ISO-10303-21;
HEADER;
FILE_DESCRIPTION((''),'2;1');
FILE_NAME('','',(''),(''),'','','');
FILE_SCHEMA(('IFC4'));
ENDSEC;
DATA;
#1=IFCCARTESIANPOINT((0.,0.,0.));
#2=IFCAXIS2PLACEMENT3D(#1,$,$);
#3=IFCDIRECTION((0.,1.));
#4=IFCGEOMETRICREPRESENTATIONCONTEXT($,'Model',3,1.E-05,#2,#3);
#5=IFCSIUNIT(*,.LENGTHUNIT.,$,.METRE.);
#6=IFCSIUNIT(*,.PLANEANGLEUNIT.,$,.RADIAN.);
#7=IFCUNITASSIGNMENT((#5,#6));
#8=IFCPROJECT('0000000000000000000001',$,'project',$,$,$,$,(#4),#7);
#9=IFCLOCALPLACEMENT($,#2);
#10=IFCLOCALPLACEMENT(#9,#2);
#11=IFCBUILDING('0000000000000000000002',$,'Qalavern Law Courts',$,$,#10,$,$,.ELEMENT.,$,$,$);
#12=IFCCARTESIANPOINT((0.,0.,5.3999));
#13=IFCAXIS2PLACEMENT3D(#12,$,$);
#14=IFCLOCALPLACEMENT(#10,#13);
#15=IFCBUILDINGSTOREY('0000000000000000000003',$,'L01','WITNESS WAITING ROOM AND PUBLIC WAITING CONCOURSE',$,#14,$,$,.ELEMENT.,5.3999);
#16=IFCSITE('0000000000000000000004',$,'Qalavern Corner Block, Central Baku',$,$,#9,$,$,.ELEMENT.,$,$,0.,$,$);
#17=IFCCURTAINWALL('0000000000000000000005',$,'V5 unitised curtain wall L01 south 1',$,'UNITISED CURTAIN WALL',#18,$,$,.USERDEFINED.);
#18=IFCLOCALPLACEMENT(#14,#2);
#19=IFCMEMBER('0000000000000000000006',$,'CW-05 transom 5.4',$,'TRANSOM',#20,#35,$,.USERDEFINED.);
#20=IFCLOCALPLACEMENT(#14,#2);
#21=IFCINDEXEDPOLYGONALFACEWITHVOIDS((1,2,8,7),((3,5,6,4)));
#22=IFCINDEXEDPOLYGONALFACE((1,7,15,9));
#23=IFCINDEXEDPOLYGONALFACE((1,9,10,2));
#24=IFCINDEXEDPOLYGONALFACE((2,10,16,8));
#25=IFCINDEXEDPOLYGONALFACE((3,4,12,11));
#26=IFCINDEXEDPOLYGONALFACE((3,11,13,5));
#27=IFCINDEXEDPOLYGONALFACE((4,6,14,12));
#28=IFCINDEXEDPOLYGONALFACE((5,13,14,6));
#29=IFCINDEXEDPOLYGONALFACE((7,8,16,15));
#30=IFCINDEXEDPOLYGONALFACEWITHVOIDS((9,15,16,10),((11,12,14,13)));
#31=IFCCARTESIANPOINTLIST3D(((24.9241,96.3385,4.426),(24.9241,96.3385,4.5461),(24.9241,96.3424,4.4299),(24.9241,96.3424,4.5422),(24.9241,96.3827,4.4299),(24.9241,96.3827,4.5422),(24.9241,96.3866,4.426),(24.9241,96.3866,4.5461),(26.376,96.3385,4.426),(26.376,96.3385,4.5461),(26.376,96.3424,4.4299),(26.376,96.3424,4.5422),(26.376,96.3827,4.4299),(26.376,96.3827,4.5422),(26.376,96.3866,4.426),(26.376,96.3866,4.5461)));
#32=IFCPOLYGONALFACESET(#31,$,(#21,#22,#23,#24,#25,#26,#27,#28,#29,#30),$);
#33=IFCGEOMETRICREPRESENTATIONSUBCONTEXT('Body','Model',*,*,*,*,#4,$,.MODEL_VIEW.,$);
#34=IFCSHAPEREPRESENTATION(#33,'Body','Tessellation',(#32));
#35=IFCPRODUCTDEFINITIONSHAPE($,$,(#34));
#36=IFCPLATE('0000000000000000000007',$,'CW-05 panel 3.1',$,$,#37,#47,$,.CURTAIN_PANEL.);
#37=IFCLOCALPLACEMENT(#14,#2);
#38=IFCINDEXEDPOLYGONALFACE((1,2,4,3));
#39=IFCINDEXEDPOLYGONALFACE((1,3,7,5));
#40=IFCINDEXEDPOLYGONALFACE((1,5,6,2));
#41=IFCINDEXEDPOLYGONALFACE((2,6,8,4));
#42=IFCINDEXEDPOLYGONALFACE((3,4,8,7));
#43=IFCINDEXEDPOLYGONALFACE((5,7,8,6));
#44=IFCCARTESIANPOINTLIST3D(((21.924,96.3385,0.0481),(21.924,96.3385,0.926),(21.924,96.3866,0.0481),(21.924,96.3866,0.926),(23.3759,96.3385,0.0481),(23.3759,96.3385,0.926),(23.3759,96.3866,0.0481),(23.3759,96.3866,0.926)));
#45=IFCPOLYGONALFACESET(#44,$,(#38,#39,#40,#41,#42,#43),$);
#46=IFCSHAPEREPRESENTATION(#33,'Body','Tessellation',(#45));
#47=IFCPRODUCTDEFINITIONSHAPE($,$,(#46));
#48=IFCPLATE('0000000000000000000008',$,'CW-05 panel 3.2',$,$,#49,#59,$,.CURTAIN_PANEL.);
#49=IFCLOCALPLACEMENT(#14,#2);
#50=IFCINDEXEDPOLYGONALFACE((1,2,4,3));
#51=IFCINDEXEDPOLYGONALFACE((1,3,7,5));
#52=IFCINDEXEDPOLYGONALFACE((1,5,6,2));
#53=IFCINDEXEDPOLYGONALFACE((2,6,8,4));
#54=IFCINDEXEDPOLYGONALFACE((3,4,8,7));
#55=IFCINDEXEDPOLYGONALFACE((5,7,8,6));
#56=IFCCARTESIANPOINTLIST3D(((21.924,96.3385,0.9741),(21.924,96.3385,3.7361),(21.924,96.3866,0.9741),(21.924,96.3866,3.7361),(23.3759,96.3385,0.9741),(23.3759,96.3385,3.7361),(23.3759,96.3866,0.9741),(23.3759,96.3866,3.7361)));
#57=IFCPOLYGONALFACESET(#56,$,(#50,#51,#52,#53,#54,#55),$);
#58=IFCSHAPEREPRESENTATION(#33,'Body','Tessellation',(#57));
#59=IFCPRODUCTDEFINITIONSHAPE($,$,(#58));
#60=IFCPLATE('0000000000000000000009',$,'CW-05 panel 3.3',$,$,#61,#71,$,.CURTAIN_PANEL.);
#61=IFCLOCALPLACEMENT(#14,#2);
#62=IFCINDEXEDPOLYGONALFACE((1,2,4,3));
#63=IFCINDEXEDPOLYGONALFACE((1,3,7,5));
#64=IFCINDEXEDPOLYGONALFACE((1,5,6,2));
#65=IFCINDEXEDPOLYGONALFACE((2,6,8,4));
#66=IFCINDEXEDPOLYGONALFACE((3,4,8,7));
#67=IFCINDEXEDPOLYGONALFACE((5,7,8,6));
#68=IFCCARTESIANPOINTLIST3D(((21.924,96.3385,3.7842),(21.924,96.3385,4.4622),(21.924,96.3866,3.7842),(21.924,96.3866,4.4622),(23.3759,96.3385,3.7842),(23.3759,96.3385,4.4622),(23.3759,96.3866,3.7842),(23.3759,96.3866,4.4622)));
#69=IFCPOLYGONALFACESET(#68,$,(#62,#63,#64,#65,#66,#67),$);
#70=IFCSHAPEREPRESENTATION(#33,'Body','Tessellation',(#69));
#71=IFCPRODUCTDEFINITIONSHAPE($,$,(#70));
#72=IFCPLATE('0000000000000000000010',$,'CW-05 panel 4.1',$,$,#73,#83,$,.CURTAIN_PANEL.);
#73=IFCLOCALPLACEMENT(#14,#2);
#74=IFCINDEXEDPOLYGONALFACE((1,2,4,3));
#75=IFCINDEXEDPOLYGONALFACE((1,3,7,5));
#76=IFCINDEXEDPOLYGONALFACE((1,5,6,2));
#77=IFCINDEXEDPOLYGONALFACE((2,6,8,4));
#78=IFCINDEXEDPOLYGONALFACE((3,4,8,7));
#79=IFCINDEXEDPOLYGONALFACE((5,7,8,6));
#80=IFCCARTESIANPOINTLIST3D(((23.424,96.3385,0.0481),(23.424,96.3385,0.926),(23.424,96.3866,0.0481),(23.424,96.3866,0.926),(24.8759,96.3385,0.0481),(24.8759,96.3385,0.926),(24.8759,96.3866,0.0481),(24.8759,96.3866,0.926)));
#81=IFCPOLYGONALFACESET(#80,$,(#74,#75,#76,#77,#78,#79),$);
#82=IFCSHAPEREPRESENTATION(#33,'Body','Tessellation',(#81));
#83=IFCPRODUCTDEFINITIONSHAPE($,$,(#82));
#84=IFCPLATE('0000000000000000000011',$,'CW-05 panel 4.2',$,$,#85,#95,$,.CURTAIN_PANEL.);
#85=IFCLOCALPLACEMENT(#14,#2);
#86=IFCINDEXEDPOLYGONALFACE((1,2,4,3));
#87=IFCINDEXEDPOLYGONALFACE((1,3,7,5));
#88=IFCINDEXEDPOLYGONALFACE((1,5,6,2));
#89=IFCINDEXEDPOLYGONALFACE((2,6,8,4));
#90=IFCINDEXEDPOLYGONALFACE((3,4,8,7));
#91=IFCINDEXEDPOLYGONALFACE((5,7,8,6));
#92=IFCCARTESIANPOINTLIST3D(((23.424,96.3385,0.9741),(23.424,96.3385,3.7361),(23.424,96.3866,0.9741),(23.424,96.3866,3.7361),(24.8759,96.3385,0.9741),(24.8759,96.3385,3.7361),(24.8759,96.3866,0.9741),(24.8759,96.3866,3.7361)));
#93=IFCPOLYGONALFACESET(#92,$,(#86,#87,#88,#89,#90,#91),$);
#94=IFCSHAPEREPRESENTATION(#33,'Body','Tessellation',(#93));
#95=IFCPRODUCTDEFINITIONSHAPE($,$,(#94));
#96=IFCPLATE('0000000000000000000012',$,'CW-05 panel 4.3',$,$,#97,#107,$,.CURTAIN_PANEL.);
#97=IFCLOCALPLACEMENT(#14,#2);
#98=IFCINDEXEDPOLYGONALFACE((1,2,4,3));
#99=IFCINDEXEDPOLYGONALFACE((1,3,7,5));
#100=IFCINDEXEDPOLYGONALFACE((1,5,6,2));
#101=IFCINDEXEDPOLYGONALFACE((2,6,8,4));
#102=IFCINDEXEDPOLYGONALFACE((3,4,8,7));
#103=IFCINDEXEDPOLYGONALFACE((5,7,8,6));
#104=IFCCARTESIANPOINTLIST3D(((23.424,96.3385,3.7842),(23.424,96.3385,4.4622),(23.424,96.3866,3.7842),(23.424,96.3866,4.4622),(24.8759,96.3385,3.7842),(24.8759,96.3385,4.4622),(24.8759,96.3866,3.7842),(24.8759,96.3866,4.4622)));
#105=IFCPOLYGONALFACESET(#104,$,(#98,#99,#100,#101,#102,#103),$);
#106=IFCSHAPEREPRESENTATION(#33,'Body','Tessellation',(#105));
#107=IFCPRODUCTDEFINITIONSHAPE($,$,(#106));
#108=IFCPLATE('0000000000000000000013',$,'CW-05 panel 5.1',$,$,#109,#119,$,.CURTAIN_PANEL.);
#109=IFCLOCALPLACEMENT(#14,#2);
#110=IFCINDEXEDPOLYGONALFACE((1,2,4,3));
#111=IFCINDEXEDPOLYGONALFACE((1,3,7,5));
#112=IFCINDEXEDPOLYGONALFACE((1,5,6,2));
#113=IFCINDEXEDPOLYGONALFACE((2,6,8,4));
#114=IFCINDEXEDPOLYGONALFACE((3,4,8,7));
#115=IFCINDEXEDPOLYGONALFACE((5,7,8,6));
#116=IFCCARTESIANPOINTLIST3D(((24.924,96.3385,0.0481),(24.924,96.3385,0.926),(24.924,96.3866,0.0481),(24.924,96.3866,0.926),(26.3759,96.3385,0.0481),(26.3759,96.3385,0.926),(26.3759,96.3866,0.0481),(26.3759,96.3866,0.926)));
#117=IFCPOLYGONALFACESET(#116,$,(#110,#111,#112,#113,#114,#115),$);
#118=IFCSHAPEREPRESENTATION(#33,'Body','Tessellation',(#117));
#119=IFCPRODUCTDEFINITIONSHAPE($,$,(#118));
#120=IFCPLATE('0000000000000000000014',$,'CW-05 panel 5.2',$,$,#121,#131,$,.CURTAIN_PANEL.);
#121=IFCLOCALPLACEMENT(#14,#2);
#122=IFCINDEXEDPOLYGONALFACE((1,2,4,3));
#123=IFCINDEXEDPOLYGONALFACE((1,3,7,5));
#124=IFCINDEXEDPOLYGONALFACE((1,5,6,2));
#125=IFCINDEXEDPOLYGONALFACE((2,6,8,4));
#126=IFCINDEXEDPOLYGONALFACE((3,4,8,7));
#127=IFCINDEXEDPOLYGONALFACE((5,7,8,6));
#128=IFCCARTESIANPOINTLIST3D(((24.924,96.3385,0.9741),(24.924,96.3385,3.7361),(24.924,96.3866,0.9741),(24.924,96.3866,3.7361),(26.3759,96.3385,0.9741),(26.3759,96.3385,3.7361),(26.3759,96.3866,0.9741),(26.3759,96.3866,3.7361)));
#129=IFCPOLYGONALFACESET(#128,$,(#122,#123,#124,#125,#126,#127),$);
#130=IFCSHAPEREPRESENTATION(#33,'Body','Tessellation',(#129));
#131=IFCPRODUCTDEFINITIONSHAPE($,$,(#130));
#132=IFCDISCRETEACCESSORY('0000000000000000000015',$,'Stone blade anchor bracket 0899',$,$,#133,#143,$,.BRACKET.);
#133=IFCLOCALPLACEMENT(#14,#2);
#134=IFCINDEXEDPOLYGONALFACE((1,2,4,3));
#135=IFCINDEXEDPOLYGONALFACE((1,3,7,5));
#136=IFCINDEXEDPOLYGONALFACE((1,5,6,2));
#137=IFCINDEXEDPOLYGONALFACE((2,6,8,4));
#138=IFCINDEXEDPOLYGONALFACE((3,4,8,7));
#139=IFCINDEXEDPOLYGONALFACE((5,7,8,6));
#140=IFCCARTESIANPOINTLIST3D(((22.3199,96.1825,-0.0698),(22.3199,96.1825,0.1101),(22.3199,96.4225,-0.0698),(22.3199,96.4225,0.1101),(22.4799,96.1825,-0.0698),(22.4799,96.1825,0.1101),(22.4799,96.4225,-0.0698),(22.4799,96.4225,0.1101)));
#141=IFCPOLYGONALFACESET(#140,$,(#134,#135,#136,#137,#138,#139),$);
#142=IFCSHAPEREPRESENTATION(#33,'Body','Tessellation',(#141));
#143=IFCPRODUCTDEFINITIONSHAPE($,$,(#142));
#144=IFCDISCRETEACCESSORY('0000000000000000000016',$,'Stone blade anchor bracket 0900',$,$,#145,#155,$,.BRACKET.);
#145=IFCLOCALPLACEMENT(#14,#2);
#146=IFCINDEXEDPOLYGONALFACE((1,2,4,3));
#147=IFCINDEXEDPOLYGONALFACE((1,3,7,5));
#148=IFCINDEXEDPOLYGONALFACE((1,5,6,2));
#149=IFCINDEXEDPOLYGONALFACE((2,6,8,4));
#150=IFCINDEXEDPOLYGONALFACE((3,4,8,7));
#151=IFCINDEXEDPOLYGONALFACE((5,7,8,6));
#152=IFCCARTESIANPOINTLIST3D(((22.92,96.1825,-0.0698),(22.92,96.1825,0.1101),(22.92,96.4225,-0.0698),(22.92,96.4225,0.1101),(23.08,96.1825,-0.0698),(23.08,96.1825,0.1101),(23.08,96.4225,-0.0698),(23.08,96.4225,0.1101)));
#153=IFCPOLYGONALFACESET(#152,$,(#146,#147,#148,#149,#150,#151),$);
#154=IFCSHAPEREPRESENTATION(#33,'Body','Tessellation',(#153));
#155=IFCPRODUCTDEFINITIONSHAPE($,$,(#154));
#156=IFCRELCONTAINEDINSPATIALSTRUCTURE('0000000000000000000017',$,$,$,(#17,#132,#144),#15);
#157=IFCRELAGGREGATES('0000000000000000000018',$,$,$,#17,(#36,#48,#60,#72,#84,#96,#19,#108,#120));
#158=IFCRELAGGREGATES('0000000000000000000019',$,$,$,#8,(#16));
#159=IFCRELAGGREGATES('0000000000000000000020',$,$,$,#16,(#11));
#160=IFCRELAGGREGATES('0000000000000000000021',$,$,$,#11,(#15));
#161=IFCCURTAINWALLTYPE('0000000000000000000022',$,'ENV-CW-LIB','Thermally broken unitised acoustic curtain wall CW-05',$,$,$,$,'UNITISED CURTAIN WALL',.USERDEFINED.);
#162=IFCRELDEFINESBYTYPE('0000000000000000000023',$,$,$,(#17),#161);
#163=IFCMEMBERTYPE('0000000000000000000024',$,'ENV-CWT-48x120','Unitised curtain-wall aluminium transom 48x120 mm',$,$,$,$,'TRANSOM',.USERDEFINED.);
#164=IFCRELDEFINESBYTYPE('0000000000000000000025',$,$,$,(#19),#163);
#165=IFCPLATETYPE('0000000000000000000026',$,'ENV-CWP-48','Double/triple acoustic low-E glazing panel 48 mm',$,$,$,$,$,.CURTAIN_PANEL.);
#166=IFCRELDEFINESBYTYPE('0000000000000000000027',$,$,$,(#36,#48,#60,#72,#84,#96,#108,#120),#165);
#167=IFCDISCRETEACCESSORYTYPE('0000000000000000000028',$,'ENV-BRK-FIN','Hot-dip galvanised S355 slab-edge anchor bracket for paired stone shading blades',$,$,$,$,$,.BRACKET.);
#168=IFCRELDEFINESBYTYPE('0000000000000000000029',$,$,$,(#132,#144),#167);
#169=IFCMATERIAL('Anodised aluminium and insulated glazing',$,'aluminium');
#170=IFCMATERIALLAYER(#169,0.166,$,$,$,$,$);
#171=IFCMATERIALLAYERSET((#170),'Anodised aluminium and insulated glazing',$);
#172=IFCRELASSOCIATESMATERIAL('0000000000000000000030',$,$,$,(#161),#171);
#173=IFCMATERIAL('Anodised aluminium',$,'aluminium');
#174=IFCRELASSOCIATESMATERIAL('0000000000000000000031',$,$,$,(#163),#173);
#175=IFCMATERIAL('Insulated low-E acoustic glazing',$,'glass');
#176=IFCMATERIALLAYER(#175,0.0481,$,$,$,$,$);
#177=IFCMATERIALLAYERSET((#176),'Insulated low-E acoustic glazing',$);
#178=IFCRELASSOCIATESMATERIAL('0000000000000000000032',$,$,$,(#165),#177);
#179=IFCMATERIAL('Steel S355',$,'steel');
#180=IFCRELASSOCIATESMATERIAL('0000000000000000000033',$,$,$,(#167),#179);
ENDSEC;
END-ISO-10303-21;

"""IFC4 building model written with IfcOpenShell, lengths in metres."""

from ifc_helpers import new_model, si_unit, direction, frame, origin, origin_2d, place, context, subcontext, project, spatial, rectangle, hollow_rectangle, extrude, material, layer, layer_set, material_profile, profile_set, type_object, element, aggregate, save


model = new_model("IFC4")

# Units and contexts
model_context = context("Model", 3, precision=1e-05, world=origin(), true_north=direction((0.0, 1.0)))
body_context = subcontext(model_context, "Body", "Model", "MODEL_VIEW")
ifc_project = project(units=[si_unit("LENGTHUNIT", "METRE"), si_unit("PLANEANGLEUNIT", "RADIAN")], contexts=[model_context])

# Site, building, storey
site_placement = place(None, origin())
site = spatial("IfcSite", under=ifc_project, at=site_placement, Name="Qalavern Corner Block, Central Baku", CompositionType="ELEMENT", RefElevation=0.0)
building_placement = place(site_placement, origin())
building = spatial("IfcBuilding", under=site, at=building_placement, Name="Qalavern Law Courts", CompositionType="ELEMENT")
storey_placement = place(building_placement, frame((0.0, 0.0, 5.3999)))
storey = spatial("IfcBuildingStorey", under=building, at=storey_placement, Name="L01", Description="WITNESS WAITING ROOM AND PUBLIC WAITING CONCOURSE", CompositionType="ELEMENT", Elevation=5.3999)

# Curtain wall, member, plates
ifc_material_1 = material(Name="Anodised aluminium and insulated glazing", Category="aluminium")
ifc_layer_1 = layer(ifc_material_1, 0.166)
ifc_layer_set_1 = layer_set([ifc_layer_1], Name="Anodised aluminium and insulated glazing")
curtain_wall_type = type_object("IfcCurtainWallType", Name="ENV-CW-LIB", Description="Thermally broken unitised acoustic curtain wall CW-05", ElementType="UNITISED CURTAIN WALL", PredefinedType="USERDEFINED", material=ifc_layer_set_1)
curtain_wall_placement = place(storey_placement, origin())
curtain_wall = element("IfcCurtainWall", 1, at=curtain_wall_placement, inside=storey, type_object=curtain_wall_type, Name="V5 unitised curtain wall L01 south 1", ObjectType="UNITISED CURTAIN WALL", PredefinedType="USERDEFINED")
ifc_material_2 = material(Name="Anodised aluminium", Category="aluminium")
ifc_material_profile_1 = material_profile(ifc_material_2, hollow_rectangle(XDim=0.0481, YDim=0.1201, WallThickness=0.0039, at=origin_2d()), Name="ALU TRANSOM 48x120")
ifc_profile_set_1 = profile_set([ifc_material_profile_1], Name="Anodised aluminium")
member_type_1 = type_object("IfcMemberType", Name="ENV-CWT-48x120", Description="Unitised curtain-wall aluminium transom 48x120 mm", ElementType="TRANSOM", PredefinedType="USERDEFINED", material=ifc_profile_set_1)
member_1_placement = place(storey_placement, frame((24.9241, 96.3625, 4.4861), z_axis=(1.0, 0.0, 0.0), x_axis=(0.0, 1.0, 0.0)))
member_1 = element("IfcMember", 2, at=member_1_placement, type_object=member_type_1, Name="CW-05 transom 5.4", ObjectType="TRANSOM", PredefinedType="USERDEFINED", context=body_context, shape_type="SweptSolid", body=[
    extrude(hollow_rectangle(XDim=0.0481, YDim=0.1201, WallThickness=0.0039, at=origin_2d()), origin(), (0.0, 0.0, 1.0), 1.4519),
])
ifc_material_3 = material(Name="Insulated low-E acoustic glazing", Category="glass")
ifc_layer_2 = layer(ifc_material_3, 0.0481)
ifc_layer_set_2 = layer_set([ifc_layer_2], Name="Insulated low-E acoustic glazing")
plate_type = type_object("IfcPlateType", Name="ENV-CWP-48", Description="Double/triple acoustic low-E glazing panel 48 mm", PredefinedType="CURTAIN_PANEL", material=ifc_layer_set_2)
plate_1_placement = place(storey_placement, frame((22.6499, 96.3625, 0.0481), z_axis=(0.0, 0.0, 1.0), x_axis=(1.0, 0.0, 0.0)))
plate_1 = element("IfcPlate", 3, at=plate_1_placement, type_object=plate_type, Name="CW-05 panel 3.1", PredefinedType="CURTAIN_PANEL", context=body_context, shape_type="SweptSolid", body=[
    extrude(rectangle(XDim=1.4519, YDim=0.0481, at=origin_2d()), origin(), (0.0, 0.0, 1.0), 0.8779),
])
plate_2_placement = place(storey_placement, frame((22.6499, 96.3625, 0.9741), z_axis=(0.0, 0.0, 1.0), x_axis=(1.0, 0.0, 0.0)))
plate_2 = element("IfcPlate", 4, at=plate_2_placement, type_object=plate_type, Name="CW-05 panel 3.2", PredefinedType="CURTAIN_PANEL", context=body_context, shape_type="SweptSolid", body=[
    extrude(rectangle(XDim=1.4519, YDim=0.0481, at=origin_2d()), origin(), (0.0, 0.0, 1.0), 2.762),
])
plate_3_placement = place(storey_placement, frame((22.6499, 96.3625, 3.7842), z_axis=(0.0, 0.0, 1.0), x_axis=(1.0, 0.0, 0.0)))
plate_3 = element("IfcPlate", 5, at=plate_3_placement, type_object=plate_type, Name="CW-05 panel 3.3", PredefinedType="CURTAIN_PANEL", context=body_context, shape_type="SweptSolid", body=[
    extrude(rectangle(XDim=1.4519, YDim=0.0481, at=origin_2d()), origin(), (0.0, 0.0, 1.0), 0.678),
])
plate_4_placement = place(storey_placement, frame((24.1499, 96.3625, 0.0481), z_axis=(0.0, 0.0, 1.0), x_axis=(1.0, 0.0, 0.0)))
plate_4 = element("IfcPlate", 6, at=plate_4_placement, type_object=plate_type, Name="CW-05 panel 4.1", PredefinedType="CURTAIN_PANEL", context=body_context, shape_type="SweptSolid", body=[
    extrude(rectangle(XDim=1.4519, YDim=0.0481, at=origin_2d()), origin(), (0.0, 0.0, 1.0), 0.8779),
])
plate_5_placement = place(storey_placement, frame((24.1499, 96.3625, 0.9741), z_axis=(0.0, 0.0, 1.0), x_axis=(1.0, 0.0, 0.0)))
plate_5 = element("IfcPlate", 7, at=plate_5_placement, type_object=plate_type, Name="CW-05 panel 4.2", PredefinedType="CURTAIN_PANEL", context=body_context, shape_type="SweptSolid", body=[
    extrude(rectangle(XDim=1.4519, YDim=0.0481, at=origin_2d()), origin(), (0.0, 0.0, 1.0), 2.762),
])
plate_6_placement = place(storey_placement, frame((24.1499, 96.3625, 3.7842), z_axis=(0.0, 0.0, 1.0), x_axis=(1.0, 0.0, 0.0)))
plate_6 = element("IfcPlate", 8, at=plate_6_placement, type_object=plate_type, Name="CW-05 panel 4.3", PredefinedType="CURTAIN_PANEL", context=body_context, shape_type="SweptSolid", body=[
    extrude(rectangle(XDim=1.4519, YDim=0.0481, at=origin_2d()), origin(), (0.0, 0.0, 1.0), 0.678),
])
plate_7_placement = place(storey_placement, frame((25.6499, 96.3625, 0.0481), z_axis=(0.0, 0.0, 1.0), x_axis=(1.0, 0.0, 0.0)))
plate_7 = element("IfcPlate", 9, at=plate_7_placement, type_object=plate_type, Name="CW-05 panel 5.1", PredefinedType="CURTAIN_PANEL", context=body_context, shape_type="SweptSolid", body=[
    extrude(rectangle(XDim=1.4519, YDim=0.0481, at=origin_2d()), origin(), (0.0, 0.0, 1.0), 0.8779),
])
plate_8_placement = place(storey_placement, frame((25.6499, 96.3625, 0.9741), z_axis=(0.0, 0.0, 1.0), x_axis=(1.0, 0.0, 0.0)))
plate_8 = element("IfcPlate", 10, at=plate_8_placement, type_object=plate_type, Name="CW-05 panel 5.2", PredefinedType="CURTAIN_PANEL", context=body_context, shape_type="SweptSolid", body=[
    extrude(rectangle(XDim=1.4519, YDim=0.0481, at=origin_2d()), origin(), (0.0, 0.0, 1.0), 2.762),
])
aggregate(curtain_wall, [plate_1, plate_2, plate_3, plate_4, plate_5, plate_6, member_1, plate_7, plate_8])

# Discrete accessories
ifc_material_4 = material(Name="Steel S355", Category="steel")
discrete_accessory_type = type_object("IfcDiscreteAccessoryType", Name="ENV-BRK-FIN", Description="Hot-dip galvanised S355 slab-edge anchor bracket for paired stone shading blades", PredefinedType="BRACKET", material=ifc_material_4)
for number, where, z_axis, x_axis, name in (
    (11, (22.3999, 96.3025, -0.0698), (0.0, 0.0, 1.0), (0.0, -1.0, 0.0), "Stone blade anchor bracket 0899"),
    (12, (23.0, 96.3025, -0.0698), (0.0, 0.0, 1.0), (0.0, -1.0, 0.0), "Stone blade anchor bracket 0900"),
):
    element("IfcDiscreteAccessory", number, at=place(storey_placement, frame(where, z_axis=z_axis, x_axis=x_axis)), inside=storey, type_object=discrete_accessory_type, Name=name, PredefinedType="BRACKET", context=body_context, shape_type="SweptSolid", body=[
        extrude(rectangle(XDim=0.24, YDim=0.1599, at=origin_2d()), origin(), (0.0, 0.0, 1.0), 0.1799),
    ])

save(model, "model.ifc")
